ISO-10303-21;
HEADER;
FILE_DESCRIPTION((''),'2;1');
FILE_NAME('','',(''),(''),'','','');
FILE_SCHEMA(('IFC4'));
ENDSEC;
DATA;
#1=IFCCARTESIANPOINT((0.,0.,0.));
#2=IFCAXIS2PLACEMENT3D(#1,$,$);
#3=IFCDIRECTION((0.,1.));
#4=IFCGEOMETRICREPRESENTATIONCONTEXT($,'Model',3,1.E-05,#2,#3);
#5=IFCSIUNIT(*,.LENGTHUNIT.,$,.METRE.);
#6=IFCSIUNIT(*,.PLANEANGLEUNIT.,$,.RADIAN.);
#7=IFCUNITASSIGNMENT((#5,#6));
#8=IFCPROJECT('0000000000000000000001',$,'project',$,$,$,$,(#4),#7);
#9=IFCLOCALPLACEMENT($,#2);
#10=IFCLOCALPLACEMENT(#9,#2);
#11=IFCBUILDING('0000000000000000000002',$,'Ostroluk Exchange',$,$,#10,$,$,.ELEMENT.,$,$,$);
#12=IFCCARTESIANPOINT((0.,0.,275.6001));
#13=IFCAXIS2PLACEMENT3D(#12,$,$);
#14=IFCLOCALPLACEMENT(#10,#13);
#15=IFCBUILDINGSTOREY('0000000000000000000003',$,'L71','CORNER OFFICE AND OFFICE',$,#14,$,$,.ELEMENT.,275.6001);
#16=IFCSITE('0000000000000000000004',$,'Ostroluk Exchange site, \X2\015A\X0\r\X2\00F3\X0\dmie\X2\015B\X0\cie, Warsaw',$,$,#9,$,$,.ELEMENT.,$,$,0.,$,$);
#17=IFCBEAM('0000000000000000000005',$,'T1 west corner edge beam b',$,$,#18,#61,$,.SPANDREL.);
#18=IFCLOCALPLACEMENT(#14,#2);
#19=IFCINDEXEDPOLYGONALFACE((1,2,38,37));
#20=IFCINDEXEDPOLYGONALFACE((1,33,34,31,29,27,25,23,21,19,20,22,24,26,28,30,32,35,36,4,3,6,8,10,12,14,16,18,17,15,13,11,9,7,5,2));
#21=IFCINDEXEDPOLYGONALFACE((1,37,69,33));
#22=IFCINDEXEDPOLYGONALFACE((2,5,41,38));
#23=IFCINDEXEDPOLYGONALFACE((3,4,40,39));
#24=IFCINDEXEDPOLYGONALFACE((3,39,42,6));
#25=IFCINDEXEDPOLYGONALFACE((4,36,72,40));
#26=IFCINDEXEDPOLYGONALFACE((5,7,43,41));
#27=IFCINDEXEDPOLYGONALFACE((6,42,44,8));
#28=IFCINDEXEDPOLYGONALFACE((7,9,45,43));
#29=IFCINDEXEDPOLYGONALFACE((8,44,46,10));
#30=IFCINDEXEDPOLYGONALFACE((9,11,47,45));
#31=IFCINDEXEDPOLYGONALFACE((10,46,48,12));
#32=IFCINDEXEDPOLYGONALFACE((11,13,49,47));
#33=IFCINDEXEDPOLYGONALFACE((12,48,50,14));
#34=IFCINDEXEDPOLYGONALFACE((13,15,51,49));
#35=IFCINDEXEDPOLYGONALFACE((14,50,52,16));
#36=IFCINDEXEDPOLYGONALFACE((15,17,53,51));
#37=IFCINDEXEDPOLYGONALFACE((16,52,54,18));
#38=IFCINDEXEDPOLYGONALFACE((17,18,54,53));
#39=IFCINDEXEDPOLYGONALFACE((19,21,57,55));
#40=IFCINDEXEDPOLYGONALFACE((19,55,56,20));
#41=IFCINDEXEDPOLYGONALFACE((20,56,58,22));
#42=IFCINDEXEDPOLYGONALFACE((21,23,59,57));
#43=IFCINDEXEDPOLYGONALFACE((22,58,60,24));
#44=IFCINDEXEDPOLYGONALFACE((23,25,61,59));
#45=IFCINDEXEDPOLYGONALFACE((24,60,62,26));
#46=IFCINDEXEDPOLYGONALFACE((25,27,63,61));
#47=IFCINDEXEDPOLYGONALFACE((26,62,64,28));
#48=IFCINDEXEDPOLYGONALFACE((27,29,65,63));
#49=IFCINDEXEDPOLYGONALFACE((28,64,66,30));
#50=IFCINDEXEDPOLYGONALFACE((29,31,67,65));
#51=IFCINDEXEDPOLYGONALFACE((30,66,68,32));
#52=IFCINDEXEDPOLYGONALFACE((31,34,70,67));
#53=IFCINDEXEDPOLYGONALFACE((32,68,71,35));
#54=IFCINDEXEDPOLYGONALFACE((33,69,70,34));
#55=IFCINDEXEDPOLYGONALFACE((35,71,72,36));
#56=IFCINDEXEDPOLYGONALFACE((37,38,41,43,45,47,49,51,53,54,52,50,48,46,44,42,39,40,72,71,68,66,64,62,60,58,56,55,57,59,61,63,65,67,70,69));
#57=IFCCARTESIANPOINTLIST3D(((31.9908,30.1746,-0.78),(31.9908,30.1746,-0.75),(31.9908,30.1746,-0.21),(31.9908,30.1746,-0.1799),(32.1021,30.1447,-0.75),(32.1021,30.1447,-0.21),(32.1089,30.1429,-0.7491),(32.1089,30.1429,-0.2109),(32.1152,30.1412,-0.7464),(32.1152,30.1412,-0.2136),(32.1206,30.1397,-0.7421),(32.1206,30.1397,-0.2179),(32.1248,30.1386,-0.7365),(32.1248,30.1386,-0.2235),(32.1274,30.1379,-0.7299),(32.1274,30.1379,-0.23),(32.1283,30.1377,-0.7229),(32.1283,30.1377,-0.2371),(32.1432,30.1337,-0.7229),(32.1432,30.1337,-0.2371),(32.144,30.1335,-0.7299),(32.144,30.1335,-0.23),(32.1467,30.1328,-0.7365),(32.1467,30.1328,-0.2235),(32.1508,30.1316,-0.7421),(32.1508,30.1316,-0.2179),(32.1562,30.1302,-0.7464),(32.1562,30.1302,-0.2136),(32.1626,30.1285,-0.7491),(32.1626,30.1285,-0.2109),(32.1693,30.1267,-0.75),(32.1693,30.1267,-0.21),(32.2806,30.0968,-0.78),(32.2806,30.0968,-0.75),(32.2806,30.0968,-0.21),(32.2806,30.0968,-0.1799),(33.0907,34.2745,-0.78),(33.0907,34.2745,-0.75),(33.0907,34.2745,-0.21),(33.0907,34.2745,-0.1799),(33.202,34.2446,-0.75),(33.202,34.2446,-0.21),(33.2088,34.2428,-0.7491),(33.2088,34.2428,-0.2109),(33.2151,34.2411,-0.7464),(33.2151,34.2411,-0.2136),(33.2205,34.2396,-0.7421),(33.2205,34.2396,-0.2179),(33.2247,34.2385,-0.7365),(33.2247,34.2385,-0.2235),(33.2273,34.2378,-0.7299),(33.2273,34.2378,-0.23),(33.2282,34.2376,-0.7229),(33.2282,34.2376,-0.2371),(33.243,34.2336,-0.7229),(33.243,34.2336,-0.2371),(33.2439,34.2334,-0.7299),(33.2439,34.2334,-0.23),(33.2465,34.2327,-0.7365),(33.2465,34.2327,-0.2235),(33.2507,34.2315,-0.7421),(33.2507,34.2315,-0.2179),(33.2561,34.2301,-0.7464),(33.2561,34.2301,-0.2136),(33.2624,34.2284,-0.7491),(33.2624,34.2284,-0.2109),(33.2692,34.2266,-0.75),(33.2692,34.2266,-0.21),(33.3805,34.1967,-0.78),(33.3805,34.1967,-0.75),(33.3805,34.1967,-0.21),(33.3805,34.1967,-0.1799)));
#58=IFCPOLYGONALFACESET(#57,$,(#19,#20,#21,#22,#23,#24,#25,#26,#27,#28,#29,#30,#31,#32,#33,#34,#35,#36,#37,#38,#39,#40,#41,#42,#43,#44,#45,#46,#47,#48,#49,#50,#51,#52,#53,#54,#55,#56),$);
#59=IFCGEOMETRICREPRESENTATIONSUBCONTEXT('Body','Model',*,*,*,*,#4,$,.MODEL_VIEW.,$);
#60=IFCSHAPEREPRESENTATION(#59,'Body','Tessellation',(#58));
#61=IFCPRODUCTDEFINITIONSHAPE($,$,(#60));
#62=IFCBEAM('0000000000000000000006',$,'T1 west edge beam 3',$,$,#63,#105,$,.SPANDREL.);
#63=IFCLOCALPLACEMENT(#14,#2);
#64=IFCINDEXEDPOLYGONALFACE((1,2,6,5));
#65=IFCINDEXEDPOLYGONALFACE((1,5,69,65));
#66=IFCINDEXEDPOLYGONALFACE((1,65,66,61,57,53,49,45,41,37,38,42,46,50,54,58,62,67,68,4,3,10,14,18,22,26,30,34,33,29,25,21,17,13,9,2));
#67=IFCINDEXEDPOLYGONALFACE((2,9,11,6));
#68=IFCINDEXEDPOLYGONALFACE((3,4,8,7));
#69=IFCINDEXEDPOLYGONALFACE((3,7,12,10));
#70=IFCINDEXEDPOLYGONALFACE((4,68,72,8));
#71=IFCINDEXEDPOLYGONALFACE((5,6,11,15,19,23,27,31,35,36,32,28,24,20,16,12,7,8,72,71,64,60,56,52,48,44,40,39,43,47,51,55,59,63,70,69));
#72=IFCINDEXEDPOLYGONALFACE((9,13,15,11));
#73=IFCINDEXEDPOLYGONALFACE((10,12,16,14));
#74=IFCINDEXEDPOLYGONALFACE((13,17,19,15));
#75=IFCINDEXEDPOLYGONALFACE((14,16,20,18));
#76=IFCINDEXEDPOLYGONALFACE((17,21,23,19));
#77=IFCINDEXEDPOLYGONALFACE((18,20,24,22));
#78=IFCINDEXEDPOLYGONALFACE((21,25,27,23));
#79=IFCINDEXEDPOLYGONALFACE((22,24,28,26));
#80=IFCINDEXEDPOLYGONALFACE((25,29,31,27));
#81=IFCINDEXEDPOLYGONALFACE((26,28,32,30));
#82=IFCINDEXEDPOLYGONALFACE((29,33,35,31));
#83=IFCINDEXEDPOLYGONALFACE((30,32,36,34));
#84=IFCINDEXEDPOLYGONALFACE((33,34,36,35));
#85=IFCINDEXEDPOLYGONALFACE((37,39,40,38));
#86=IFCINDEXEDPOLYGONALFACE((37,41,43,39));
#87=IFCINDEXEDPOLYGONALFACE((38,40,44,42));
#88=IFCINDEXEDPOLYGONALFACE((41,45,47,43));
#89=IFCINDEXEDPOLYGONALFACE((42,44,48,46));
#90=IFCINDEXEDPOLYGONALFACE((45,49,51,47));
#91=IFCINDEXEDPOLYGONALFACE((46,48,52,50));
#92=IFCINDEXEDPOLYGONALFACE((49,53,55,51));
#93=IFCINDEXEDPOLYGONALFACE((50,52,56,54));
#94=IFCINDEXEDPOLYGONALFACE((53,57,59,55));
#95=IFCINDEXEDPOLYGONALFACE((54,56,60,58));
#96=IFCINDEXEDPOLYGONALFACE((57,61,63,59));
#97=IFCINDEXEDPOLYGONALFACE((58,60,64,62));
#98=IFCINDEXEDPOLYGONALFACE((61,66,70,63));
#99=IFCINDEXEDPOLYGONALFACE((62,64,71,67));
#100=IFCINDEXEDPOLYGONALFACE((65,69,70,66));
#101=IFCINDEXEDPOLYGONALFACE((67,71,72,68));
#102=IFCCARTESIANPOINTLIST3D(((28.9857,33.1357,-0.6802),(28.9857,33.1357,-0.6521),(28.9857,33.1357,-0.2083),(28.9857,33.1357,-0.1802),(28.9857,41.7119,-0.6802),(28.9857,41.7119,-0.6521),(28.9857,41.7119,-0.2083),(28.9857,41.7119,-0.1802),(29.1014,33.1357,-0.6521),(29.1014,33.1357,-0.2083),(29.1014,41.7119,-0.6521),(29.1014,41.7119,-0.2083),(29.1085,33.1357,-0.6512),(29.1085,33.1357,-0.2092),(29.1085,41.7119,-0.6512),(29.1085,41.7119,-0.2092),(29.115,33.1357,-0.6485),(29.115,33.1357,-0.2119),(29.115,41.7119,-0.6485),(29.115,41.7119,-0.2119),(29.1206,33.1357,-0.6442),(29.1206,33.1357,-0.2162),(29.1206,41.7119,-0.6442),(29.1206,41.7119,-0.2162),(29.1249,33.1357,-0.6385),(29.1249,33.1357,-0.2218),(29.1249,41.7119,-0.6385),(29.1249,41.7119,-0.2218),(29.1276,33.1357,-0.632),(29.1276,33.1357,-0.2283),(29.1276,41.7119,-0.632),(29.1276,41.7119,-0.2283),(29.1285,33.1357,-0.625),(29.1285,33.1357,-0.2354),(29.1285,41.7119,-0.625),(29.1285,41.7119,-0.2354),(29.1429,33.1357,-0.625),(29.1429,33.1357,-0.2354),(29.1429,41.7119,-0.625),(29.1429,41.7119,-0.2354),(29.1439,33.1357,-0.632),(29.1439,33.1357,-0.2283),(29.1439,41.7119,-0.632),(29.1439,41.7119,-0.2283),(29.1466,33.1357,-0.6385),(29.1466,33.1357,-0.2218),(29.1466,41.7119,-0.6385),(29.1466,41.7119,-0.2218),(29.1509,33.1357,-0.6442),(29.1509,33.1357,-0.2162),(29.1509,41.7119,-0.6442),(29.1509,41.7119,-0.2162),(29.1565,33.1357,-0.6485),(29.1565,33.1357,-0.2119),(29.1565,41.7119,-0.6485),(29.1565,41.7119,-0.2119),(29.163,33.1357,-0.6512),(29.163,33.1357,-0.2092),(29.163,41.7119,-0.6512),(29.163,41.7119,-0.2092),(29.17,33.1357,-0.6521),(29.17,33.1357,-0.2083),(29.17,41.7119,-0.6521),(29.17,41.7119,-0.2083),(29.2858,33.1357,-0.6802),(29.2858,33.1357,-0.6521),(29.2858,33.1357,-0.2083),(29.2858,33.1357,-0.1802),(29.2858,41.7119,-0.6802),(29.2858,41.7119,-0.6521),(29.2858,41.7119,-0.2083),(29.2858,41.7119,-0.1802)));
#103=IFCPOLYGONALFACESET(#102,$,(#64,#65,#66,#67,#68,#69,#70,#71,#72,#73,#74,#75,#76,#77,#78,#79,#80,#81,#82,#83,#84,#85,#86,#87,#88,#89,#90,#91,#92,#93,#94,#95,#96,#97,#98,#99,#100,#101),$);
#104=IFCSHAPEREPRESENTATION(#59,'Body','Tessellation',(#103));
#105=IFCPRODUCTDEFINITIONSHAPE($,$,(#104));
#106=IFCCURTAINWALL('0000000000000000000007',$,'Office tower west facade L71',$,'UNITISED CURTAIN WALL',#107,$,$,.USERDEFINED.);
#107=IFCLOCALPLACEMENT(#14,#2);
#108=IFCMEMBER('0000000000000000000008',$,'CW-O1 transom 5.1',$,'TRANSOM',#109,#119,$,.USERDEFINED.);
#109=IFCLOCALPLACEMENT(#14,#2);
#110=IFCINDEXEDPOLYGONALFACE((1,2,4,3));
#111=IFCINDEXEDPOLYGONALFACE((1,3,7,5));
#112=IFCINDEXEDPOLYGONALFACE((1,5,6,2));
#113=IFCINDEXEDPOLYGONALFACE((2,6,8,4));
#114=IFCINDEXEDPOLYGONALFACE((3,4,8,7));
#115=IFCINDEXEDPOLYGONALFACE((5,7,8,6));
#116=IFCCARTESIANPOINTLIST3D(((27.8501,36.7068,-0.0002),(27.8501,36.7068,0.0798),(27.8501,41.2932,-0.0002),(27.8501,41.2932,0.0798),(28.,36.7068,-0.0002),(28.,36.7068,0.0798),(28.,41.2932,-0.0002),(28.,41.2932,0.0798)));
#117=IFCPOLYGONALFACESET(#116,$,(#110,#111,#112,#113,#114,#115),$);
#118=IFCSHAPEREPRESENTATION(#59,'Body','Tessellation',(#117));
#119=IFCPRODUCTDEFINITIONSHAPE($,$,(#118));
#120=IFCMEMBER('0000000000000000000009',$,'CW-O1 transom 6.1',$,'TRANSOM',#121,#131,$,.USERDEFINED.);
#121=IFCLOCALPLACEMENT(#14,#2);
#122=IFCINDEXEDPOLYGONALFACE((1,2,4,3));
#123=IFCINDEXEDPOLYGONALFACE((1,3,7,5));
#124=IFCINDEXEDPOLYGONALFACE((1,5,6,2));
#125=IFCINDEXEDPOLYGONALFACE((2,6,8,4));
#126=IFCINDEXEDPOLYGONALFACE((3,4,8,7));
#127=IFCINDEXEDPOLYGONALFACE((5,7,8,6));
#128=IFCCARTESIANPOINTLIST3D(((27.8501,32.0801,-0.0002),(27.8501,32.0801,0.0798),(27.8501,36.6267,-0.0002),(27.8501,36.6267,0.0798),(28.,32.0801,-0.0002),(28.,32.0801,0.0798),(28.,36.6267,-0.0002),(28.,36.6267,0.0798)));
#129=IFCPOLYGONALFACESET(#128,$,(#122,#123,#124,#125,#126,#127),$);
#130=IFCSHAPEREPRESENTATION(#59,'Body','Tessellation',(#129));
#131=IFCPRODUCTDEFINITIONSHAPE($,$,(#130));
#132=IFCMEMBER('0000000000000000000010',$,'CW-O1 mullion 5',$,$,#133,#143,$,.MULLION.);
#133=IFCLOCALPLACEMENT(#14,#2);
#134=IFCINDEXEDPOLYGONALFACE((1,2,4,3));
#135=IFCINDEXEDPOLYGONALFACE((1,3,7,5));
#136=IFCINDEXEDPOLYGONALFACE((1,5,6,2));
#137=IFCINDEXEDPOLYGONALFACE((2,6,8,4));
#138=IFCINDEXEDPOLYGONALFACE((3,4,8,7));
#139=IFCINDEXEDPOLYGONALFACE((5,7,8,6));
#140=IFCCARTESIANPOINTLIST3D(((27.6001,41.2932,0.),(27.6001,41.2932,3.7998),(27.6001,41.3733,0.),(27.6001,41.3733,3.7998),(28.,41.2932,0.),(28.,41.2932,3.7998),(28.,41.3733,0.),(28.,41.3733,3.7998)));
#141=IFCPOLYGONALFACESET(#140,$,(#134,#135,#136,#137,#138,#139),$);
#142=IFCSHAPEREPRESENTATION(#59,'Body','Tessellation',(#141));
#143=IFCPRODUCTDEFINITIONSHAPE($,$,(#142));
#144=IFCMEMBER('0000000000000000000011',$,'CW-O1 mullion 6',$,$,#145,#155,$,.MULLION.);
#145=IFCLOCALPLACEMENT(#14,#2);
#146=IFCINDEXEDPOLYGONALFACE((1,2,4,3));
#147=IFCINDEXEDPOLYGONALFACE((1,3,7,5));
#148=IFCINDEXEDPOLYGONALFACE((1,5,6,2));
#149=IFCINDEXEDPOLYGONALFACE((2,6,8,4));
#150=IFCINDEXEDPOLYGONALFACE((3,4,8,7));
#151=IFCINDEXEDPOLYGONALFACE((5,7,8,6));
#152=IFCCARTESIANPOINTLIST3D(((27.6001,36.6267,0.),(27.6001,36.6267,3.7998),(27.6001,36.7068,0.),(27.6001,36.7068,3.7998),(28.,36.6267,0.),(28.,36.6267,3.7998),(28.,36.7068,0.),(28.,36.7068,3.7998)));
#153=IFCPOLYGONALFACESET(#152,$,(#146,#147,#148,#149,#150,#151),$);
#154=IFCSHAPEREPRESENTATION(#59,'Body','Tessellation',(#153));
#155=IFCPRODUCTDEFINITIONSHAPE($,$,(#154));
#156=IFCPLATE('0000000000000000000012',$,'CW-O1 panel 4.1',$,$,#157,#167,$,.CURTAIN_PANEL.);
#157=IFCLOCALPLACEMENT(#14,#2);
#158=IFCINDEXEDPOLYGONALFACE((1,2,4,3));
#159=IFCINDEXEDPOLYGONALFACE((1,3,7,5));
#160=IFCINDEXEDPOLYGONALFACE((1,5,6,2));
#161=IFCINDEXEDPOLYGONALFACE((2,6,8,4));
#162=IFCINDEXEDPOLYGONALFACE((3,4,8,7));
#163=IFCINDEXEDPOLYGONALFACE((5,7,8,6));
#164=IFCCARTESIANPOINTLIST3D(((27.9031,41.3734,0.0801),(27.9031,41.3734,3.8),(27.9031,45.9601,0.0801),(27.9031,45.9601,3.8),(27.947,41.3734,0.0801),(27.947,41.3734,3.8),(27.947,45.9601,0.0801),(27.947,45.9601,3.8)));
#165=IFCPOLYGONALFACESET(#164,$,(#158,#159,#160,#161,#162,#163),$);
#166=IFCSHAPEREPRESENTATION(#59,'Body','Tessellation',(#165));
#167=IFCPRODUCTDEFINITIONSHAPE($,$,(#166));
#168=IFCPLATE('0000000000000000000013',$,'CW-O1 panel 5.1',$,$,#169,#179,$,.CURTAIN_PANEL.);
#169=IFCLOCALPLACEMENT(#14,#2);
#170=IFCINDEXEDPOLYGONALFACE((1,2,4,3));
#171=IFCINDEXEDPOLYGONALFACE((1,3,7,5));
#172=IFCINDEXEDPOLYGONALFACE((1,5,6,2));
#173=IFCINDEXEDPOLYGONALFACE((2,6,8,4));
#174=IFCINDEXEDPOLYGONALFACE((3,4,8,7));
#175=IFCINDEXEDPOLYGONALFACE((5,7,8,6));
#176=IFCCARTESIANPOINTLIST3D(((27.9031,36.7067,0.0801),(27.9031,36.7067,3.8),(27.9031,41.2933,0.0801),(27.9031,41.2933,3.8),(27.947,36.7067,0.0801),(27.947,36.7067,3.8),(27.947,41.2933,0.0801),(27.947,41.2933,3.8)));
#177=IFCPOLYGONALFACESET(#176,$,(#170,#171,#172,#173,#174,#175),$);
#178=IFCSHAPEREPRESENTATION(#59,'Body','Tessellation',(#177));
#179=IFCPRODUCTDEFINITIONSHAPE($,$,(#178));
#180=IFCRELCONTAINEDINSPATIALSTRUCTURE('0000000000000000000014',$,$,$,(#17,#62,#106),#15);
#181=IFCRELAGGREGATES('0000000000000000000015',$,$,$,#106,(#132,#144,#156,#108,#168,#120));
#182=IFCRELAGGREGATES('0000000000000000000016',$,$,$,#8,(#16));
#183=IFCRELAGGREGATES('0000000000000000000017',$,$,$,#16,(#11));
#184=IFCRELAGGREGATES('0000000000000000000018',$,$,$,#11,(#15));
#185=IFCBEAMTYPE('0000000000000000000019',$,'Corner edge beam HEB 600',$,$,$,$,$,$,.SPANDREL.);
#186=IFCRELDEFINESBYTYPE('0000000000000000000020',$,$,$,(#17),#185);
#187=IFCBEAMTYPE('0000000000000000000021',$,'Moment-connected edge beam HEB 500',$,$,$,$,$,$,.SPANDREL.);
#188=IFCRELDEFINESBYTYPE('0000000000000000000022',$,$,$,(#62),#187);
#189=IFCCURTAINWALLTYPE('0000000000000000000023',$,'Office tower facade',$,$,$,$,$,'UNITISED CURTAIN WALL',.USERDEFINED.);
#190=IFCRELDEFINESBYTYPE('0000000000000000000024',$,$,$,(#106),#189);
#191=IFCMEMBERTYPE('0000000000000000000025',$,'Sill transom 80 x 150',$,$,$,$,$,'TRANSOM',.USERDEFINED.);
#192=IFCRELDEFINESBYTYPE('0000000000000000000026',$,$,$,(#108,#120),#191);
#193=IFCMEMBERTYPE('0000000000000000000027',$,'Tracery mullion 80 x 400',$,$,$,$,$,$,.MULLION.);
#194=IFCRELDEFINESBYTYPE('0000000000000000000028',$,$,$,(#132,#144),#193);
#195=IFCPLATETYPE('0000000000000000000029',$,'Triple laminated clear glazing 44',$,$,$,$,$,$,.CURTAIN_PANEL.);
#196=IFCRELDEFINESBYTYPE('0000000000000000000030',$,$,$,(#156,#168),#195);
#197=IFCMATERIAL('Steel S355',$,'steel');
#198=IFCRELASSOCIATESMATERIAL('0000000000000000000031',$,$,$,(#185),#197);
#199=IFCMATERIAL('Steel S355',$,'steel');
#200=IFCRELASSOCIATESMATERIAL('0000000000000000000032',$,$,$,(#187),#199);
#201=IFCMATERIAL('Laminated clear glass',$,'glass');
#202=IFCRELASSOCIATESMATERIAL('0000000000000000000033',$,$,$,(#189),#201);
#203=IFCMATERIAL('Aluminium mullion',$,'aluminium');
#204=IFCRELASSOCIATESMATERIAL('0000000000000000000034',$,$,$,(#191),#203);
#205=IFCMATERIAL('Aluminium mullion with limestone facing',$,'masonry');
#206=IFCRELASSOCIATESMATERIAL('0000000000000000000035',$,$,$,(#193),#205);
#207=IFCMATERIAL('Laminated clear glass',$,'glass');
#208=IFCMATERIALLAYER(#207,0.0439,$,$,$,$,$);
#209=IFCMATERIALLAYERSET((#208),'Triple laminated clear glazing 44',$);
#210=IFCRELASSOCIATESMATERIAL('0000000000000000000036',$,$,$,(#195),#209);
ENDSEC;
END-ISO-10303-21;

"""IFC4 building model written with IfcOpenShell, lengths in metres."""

from ifc_helpers import new_model, si_unit, direction, frame, origin, origin_2d, place, context, subcontext, project, spatial, rectangle, i_section, extrude, material, layer, layer_set, material_profile, profile_set, type_object, element, aggregate, save


model = new_model("IFC4")

# Units and contexts
model_context = context("Model", 3, precision=1e-05, world=origin(), true_north=direction((0.0, 1.0)))
body_context = subcontext(model_context, "Body", "Model", "MODEL_VIEW")
ifc_project = project(units=[si_unit("LENGTHUNIT", "METRE"), si_unit("PLANEANGLEUNIT", "RADIAN")], contexts=[model_context])

# Site, building, storey
site_placement = place(None, origin())
site = spatial("IfcSite", under=ifc_project, at=site_placement, Name="Ostroluk Exchange site, Śródmieście, Warsaw", CompositionType="ELEMENT", RefElevation=0.0)
building_placement = place(site_placement, origin())
building = spatial("IfcBuilding", under=site, at=building_placement, Name="Ostroluk Exchange", CompositionType="ELEMENT")
storey_placement = place(building_placement, frame((0.0, 0.0, 275.6001)))
storey = spatial("IfcBuildingStorey", under=building, at=storey_placement, Name="L71", Description="CORNER OFFICE AND OFFICE", CompositionType="ELEMENT", Elevation=275.6001)

# Beams
ifc_material_1 = material(Name="Steel S355", Category="steel")
ifc_material_profile_1 = material_profile(ifc_material_1, i_section(OverallWidth=0.3, OverallDepth=0.6001, WebThickness=0.0154, FlangeThickness=0.03, FilletRadius=0.0271, at=origin_2d()), Name="HEB 600")
ifc_profile_set_1 = profile_set([ifc_material_profile_1], Name="Steel S355")
beam_type_1 = type_object("IfcBeamType", Name="Corner edge beam HEB 600", PredefinedType="SPANDREL", material=ifc_profile_set_1)
for number, where, z_axis, x_axis, name in (
    (1, (33.2356, 34.2356, -0.48), (-0.259105, -0.965849, 0.0), (0.965849, -0.259105, 0.0), "T1 west corner edge beam b"),
):
    element("IfcBeam", number, at=place(storey_placement, frame(where, z_axis=z_axis, x_axis=x_axis)), inside=storey, type_object=beam_type_1, Name=name, PredefinedType="SPANDREL", context=body_context, shape_type="SweptSolid", body=[
        extrude(i_section(OverallWidth=0.3, OverallDepth=0.6001, WebThickness=0.0154, FlangeThickness=0.03, FilletRadius=0.0271, at=origin_2d()), origin(), (0.0, 0.0, 1.0), 4.2449),
    ])
ifc_material_2 = material(Name="Steel S355", Category="steel")
ifc_material_profile_2 = material_profile(ifc_material_2, i_section(OverallWidth=0.3, OverallDepth=0.5, WebThickness=0.0144, FlangeThickness=0.0281, FilletRadius=0.0271, at=origin_2d()), Name="HEB 500")
ifc_profile_set_2 = profile_set([ifc_material_profile_2], Name="Steel S355")
beam_type_2 = type_object("IfcBeamType", Name="Moment-connected edge beam HEB 500", PredefinedType="SPANDREL", material=ifc_profile_set_2)
beam_1_placement = place(storey_placement, frame((29.1357, 41.7119, -0.4302), z_axis=(0.0, -1.0, 0.0), x_axis=(1.0, 0.0, 0.0)))
element("IfcBeam", 2, at=beam_1_placement, inside=storey, type_object=beam_type_2, Name="T1 west edge beam 3", PredefinedType="SPANDREL", context=body_context, shape_type="SweptSolid", body=[
    extrude(i_section(OverallWidth=0.3, OverallDepth=0.5, WebThickness=0.0144, FlangeThickness=0.0281, FilletRadius=0.0271, at=origin_2d()), origin(), (0.0, 0.0, 1.0), 8.5762),
])

# Curtain wall, members, plates
ifc_material_3 = material(Name="Laminated clear glass", Category="glass")
curtain_wall_type = type_object("IfcCurtainWallType", Name="Office tower facade", ElementType="UNITISED CURTAIN WALL", PredefinedType="USERDEFINED", material=ifc_material_3)
curtain_wall_placement = place(storey_placement, origin())
curtain_wall = element("IfcCurtainWall", 3, at=curtain_wall_placement, inside=storey, type_object=curtain_wall_type, Name="Office tower west facade L71", ObjectType="UNITISED CURTAIN WALL", PredefinedType="USERDEFINED")
ifc_material_4 = material(Name="Aluminium mullion", Category="aluminium")
ifc_material_profile_3 = material_profile(ifc_material_4, rectangle(XDim=0.1499, YDim=0.0801, at=origin_2d()), Name="Sill transom 80 x 150")
ifc_profile_set_3 = profile_set([ifc_material_profile_3], Name="Aluminium mullion")
member_type_1 = type_object("IfcMemberType", Name="Sill transom 80 x 150", ElementType="TRANSOM", PredefinedType="USERDEFINED", material=ifc_profile_set_3)
member_1_placement = place(storey_placement, frame((27.925, 41.2932, 0.0398), z_axis=(0.0, -1.0, 0.0), x_axis=(1.0, 0.0, 0.0)))
member_1 = element("IfcMember", 4, at=member_1_placement, type_object=member_type_1, Name="CW-O1 transom 5.1", ObjectType="TRANSOM", PredefinedType="USERDEFINED", context=body_context, shape_type="SweptSolid", body=[
    extrude(rectangle(XDim=0.1499, YDim=0.0801, at=origin_2d()), origin(), (0.0, 0.0, 1.0), 4.5864),
])
member_2_placement = place(storey_placement, frame((27.925, 36.6267, 0.0398), z_axis=(0.0, -1.0, 0.0), x_axis=(1.0, 0.0, 0.0)))
member_2 = element("IfcMember", 5, at=member_2_placement, type_object=member_type_1, Name="CW-O1 transom 6.1", ObjectType="TRANSOM", PredefinedType="USERDEFINED", context=body_context, shape_type="SweptSolid", body=[
    extrude(rectangle(XDim=0.1499, YDim=0.0801, at=origin_2d()), origin(), (0.0, 0.0, 1.0), 4.5466),
])
ifc_material_5 = material(Name="Aluminium mullion with limestone facing", Category="masonry")
ifc_material_profile_4 = material_profile(ifc_material_5, rectangle(XDim=0.3999, YDim=0.0801, at=origin_2d()), Name="Tracery mullion 80 x 400")
ifc_profile_set_4 = profile_set([ifc_material_profile_4], Name="Aluminium mullion with limestone facing")
member_type_2 = type_object("IfcMemberType", Name="Tracery mullion 80 x 400", PredefinedType="MULLION", material=ifc_profile_set_4)
member_3_placement = place(storey_placement, frame((27.8, 41.3333, 0.0), z_axis=(0.0, 0.0, 1.0), x_axis=(1.0, 0.0, 0.0)))
member_3 = element("IfcMember", 6, at=member_3_placement, type_object=member_type_2, Name="CW-O1 mullion 5", PredefinedType="MULLION", context=body_context, shape_type="SweptSolid", body=[
    extrude(rectangle(XDim=0.3999, YDim=0.0801, at=origin_2d()), origin(), (0.0, 0.0, 1.0), 3.7998),
])
member_4_placement = place(storey_placement, frame((27.8, 36.6667, 0.0), z_axis=(0.0, 0.0, 1.0), x_axis=(1.0, 0.0, 0.0)))
member_4 = element("IfcMember", 7, at=member_4_placement, type_object=member_type_2, Name="CW-O1 mullion 6", PredefinedType="MULLION", context=body_context, shape_type="SweptSolid", body=[
    extrude(rectangle(XDim=0.3999, YDim=0.0801, at=origin_2d()), origin(), (0.0, 0.0, 1.0), 3.7998),
])
ifc_material_6 = material(Name="Laminated clear glass", Category="glass")
ifc_layer_1 = layer(ifc_material_6, 0.0439)
ifc_layer_set_1 = layer_set([ifc_layer_1], Name="Triple laminated clear glazing 44")
plate_type = type_object("IfcPlateType", Name="Triple laminated clear glazing 44", PredefinedType="CURTAIN_PANEL", material=ifc_layer_set_1)
plate_1_placement = place(storey_placement, frame((27.925, 43.6667, 0.0801), z_axis=(0.0, 0.0, 1.0), x_axis=(0.0, -1.0, 0.0)))
plate_1 = element("IfcPlate", 8, at=plate_1_placement, type_object=plate_type, Name="CW-O1 panel 4.1", PredefinedType="CURTAIN_PANEL", context=body_context, shape_type="SweptSolid", body=[
    extrude(rectangle(XDim=4.5867, YDim=0.0439, at=origin_2d()), origin(), (0.0, 0.0, 1.0), 3.72),
])
plate_2_placement = place(storey_placement, frame((27.925, 39.0, 0.0801), z_axis=(0.0, 0.0, 1.0), x_axis=(0.0, -1.0, 0.0)))
plate_2 = element("IfcPlate", 9, at=plate_2_placement, type_object=plate_type, Name="CW-O1 panel 5.1", PredefinedType="CURTAIN_PANEL", context=body_context, shape_type="SweptSolid", body=[
    extrude(rectangle(XDim=4.5867, YDim=0.0439, at=origin_2d()), origin(), (0.0, 0.0, 1.0), 3.72),
])
aggregate(curtain_wall, [member_3, member_4, plate_1, member_1, plate_2, member_2])

save(model, "model.ifc")
